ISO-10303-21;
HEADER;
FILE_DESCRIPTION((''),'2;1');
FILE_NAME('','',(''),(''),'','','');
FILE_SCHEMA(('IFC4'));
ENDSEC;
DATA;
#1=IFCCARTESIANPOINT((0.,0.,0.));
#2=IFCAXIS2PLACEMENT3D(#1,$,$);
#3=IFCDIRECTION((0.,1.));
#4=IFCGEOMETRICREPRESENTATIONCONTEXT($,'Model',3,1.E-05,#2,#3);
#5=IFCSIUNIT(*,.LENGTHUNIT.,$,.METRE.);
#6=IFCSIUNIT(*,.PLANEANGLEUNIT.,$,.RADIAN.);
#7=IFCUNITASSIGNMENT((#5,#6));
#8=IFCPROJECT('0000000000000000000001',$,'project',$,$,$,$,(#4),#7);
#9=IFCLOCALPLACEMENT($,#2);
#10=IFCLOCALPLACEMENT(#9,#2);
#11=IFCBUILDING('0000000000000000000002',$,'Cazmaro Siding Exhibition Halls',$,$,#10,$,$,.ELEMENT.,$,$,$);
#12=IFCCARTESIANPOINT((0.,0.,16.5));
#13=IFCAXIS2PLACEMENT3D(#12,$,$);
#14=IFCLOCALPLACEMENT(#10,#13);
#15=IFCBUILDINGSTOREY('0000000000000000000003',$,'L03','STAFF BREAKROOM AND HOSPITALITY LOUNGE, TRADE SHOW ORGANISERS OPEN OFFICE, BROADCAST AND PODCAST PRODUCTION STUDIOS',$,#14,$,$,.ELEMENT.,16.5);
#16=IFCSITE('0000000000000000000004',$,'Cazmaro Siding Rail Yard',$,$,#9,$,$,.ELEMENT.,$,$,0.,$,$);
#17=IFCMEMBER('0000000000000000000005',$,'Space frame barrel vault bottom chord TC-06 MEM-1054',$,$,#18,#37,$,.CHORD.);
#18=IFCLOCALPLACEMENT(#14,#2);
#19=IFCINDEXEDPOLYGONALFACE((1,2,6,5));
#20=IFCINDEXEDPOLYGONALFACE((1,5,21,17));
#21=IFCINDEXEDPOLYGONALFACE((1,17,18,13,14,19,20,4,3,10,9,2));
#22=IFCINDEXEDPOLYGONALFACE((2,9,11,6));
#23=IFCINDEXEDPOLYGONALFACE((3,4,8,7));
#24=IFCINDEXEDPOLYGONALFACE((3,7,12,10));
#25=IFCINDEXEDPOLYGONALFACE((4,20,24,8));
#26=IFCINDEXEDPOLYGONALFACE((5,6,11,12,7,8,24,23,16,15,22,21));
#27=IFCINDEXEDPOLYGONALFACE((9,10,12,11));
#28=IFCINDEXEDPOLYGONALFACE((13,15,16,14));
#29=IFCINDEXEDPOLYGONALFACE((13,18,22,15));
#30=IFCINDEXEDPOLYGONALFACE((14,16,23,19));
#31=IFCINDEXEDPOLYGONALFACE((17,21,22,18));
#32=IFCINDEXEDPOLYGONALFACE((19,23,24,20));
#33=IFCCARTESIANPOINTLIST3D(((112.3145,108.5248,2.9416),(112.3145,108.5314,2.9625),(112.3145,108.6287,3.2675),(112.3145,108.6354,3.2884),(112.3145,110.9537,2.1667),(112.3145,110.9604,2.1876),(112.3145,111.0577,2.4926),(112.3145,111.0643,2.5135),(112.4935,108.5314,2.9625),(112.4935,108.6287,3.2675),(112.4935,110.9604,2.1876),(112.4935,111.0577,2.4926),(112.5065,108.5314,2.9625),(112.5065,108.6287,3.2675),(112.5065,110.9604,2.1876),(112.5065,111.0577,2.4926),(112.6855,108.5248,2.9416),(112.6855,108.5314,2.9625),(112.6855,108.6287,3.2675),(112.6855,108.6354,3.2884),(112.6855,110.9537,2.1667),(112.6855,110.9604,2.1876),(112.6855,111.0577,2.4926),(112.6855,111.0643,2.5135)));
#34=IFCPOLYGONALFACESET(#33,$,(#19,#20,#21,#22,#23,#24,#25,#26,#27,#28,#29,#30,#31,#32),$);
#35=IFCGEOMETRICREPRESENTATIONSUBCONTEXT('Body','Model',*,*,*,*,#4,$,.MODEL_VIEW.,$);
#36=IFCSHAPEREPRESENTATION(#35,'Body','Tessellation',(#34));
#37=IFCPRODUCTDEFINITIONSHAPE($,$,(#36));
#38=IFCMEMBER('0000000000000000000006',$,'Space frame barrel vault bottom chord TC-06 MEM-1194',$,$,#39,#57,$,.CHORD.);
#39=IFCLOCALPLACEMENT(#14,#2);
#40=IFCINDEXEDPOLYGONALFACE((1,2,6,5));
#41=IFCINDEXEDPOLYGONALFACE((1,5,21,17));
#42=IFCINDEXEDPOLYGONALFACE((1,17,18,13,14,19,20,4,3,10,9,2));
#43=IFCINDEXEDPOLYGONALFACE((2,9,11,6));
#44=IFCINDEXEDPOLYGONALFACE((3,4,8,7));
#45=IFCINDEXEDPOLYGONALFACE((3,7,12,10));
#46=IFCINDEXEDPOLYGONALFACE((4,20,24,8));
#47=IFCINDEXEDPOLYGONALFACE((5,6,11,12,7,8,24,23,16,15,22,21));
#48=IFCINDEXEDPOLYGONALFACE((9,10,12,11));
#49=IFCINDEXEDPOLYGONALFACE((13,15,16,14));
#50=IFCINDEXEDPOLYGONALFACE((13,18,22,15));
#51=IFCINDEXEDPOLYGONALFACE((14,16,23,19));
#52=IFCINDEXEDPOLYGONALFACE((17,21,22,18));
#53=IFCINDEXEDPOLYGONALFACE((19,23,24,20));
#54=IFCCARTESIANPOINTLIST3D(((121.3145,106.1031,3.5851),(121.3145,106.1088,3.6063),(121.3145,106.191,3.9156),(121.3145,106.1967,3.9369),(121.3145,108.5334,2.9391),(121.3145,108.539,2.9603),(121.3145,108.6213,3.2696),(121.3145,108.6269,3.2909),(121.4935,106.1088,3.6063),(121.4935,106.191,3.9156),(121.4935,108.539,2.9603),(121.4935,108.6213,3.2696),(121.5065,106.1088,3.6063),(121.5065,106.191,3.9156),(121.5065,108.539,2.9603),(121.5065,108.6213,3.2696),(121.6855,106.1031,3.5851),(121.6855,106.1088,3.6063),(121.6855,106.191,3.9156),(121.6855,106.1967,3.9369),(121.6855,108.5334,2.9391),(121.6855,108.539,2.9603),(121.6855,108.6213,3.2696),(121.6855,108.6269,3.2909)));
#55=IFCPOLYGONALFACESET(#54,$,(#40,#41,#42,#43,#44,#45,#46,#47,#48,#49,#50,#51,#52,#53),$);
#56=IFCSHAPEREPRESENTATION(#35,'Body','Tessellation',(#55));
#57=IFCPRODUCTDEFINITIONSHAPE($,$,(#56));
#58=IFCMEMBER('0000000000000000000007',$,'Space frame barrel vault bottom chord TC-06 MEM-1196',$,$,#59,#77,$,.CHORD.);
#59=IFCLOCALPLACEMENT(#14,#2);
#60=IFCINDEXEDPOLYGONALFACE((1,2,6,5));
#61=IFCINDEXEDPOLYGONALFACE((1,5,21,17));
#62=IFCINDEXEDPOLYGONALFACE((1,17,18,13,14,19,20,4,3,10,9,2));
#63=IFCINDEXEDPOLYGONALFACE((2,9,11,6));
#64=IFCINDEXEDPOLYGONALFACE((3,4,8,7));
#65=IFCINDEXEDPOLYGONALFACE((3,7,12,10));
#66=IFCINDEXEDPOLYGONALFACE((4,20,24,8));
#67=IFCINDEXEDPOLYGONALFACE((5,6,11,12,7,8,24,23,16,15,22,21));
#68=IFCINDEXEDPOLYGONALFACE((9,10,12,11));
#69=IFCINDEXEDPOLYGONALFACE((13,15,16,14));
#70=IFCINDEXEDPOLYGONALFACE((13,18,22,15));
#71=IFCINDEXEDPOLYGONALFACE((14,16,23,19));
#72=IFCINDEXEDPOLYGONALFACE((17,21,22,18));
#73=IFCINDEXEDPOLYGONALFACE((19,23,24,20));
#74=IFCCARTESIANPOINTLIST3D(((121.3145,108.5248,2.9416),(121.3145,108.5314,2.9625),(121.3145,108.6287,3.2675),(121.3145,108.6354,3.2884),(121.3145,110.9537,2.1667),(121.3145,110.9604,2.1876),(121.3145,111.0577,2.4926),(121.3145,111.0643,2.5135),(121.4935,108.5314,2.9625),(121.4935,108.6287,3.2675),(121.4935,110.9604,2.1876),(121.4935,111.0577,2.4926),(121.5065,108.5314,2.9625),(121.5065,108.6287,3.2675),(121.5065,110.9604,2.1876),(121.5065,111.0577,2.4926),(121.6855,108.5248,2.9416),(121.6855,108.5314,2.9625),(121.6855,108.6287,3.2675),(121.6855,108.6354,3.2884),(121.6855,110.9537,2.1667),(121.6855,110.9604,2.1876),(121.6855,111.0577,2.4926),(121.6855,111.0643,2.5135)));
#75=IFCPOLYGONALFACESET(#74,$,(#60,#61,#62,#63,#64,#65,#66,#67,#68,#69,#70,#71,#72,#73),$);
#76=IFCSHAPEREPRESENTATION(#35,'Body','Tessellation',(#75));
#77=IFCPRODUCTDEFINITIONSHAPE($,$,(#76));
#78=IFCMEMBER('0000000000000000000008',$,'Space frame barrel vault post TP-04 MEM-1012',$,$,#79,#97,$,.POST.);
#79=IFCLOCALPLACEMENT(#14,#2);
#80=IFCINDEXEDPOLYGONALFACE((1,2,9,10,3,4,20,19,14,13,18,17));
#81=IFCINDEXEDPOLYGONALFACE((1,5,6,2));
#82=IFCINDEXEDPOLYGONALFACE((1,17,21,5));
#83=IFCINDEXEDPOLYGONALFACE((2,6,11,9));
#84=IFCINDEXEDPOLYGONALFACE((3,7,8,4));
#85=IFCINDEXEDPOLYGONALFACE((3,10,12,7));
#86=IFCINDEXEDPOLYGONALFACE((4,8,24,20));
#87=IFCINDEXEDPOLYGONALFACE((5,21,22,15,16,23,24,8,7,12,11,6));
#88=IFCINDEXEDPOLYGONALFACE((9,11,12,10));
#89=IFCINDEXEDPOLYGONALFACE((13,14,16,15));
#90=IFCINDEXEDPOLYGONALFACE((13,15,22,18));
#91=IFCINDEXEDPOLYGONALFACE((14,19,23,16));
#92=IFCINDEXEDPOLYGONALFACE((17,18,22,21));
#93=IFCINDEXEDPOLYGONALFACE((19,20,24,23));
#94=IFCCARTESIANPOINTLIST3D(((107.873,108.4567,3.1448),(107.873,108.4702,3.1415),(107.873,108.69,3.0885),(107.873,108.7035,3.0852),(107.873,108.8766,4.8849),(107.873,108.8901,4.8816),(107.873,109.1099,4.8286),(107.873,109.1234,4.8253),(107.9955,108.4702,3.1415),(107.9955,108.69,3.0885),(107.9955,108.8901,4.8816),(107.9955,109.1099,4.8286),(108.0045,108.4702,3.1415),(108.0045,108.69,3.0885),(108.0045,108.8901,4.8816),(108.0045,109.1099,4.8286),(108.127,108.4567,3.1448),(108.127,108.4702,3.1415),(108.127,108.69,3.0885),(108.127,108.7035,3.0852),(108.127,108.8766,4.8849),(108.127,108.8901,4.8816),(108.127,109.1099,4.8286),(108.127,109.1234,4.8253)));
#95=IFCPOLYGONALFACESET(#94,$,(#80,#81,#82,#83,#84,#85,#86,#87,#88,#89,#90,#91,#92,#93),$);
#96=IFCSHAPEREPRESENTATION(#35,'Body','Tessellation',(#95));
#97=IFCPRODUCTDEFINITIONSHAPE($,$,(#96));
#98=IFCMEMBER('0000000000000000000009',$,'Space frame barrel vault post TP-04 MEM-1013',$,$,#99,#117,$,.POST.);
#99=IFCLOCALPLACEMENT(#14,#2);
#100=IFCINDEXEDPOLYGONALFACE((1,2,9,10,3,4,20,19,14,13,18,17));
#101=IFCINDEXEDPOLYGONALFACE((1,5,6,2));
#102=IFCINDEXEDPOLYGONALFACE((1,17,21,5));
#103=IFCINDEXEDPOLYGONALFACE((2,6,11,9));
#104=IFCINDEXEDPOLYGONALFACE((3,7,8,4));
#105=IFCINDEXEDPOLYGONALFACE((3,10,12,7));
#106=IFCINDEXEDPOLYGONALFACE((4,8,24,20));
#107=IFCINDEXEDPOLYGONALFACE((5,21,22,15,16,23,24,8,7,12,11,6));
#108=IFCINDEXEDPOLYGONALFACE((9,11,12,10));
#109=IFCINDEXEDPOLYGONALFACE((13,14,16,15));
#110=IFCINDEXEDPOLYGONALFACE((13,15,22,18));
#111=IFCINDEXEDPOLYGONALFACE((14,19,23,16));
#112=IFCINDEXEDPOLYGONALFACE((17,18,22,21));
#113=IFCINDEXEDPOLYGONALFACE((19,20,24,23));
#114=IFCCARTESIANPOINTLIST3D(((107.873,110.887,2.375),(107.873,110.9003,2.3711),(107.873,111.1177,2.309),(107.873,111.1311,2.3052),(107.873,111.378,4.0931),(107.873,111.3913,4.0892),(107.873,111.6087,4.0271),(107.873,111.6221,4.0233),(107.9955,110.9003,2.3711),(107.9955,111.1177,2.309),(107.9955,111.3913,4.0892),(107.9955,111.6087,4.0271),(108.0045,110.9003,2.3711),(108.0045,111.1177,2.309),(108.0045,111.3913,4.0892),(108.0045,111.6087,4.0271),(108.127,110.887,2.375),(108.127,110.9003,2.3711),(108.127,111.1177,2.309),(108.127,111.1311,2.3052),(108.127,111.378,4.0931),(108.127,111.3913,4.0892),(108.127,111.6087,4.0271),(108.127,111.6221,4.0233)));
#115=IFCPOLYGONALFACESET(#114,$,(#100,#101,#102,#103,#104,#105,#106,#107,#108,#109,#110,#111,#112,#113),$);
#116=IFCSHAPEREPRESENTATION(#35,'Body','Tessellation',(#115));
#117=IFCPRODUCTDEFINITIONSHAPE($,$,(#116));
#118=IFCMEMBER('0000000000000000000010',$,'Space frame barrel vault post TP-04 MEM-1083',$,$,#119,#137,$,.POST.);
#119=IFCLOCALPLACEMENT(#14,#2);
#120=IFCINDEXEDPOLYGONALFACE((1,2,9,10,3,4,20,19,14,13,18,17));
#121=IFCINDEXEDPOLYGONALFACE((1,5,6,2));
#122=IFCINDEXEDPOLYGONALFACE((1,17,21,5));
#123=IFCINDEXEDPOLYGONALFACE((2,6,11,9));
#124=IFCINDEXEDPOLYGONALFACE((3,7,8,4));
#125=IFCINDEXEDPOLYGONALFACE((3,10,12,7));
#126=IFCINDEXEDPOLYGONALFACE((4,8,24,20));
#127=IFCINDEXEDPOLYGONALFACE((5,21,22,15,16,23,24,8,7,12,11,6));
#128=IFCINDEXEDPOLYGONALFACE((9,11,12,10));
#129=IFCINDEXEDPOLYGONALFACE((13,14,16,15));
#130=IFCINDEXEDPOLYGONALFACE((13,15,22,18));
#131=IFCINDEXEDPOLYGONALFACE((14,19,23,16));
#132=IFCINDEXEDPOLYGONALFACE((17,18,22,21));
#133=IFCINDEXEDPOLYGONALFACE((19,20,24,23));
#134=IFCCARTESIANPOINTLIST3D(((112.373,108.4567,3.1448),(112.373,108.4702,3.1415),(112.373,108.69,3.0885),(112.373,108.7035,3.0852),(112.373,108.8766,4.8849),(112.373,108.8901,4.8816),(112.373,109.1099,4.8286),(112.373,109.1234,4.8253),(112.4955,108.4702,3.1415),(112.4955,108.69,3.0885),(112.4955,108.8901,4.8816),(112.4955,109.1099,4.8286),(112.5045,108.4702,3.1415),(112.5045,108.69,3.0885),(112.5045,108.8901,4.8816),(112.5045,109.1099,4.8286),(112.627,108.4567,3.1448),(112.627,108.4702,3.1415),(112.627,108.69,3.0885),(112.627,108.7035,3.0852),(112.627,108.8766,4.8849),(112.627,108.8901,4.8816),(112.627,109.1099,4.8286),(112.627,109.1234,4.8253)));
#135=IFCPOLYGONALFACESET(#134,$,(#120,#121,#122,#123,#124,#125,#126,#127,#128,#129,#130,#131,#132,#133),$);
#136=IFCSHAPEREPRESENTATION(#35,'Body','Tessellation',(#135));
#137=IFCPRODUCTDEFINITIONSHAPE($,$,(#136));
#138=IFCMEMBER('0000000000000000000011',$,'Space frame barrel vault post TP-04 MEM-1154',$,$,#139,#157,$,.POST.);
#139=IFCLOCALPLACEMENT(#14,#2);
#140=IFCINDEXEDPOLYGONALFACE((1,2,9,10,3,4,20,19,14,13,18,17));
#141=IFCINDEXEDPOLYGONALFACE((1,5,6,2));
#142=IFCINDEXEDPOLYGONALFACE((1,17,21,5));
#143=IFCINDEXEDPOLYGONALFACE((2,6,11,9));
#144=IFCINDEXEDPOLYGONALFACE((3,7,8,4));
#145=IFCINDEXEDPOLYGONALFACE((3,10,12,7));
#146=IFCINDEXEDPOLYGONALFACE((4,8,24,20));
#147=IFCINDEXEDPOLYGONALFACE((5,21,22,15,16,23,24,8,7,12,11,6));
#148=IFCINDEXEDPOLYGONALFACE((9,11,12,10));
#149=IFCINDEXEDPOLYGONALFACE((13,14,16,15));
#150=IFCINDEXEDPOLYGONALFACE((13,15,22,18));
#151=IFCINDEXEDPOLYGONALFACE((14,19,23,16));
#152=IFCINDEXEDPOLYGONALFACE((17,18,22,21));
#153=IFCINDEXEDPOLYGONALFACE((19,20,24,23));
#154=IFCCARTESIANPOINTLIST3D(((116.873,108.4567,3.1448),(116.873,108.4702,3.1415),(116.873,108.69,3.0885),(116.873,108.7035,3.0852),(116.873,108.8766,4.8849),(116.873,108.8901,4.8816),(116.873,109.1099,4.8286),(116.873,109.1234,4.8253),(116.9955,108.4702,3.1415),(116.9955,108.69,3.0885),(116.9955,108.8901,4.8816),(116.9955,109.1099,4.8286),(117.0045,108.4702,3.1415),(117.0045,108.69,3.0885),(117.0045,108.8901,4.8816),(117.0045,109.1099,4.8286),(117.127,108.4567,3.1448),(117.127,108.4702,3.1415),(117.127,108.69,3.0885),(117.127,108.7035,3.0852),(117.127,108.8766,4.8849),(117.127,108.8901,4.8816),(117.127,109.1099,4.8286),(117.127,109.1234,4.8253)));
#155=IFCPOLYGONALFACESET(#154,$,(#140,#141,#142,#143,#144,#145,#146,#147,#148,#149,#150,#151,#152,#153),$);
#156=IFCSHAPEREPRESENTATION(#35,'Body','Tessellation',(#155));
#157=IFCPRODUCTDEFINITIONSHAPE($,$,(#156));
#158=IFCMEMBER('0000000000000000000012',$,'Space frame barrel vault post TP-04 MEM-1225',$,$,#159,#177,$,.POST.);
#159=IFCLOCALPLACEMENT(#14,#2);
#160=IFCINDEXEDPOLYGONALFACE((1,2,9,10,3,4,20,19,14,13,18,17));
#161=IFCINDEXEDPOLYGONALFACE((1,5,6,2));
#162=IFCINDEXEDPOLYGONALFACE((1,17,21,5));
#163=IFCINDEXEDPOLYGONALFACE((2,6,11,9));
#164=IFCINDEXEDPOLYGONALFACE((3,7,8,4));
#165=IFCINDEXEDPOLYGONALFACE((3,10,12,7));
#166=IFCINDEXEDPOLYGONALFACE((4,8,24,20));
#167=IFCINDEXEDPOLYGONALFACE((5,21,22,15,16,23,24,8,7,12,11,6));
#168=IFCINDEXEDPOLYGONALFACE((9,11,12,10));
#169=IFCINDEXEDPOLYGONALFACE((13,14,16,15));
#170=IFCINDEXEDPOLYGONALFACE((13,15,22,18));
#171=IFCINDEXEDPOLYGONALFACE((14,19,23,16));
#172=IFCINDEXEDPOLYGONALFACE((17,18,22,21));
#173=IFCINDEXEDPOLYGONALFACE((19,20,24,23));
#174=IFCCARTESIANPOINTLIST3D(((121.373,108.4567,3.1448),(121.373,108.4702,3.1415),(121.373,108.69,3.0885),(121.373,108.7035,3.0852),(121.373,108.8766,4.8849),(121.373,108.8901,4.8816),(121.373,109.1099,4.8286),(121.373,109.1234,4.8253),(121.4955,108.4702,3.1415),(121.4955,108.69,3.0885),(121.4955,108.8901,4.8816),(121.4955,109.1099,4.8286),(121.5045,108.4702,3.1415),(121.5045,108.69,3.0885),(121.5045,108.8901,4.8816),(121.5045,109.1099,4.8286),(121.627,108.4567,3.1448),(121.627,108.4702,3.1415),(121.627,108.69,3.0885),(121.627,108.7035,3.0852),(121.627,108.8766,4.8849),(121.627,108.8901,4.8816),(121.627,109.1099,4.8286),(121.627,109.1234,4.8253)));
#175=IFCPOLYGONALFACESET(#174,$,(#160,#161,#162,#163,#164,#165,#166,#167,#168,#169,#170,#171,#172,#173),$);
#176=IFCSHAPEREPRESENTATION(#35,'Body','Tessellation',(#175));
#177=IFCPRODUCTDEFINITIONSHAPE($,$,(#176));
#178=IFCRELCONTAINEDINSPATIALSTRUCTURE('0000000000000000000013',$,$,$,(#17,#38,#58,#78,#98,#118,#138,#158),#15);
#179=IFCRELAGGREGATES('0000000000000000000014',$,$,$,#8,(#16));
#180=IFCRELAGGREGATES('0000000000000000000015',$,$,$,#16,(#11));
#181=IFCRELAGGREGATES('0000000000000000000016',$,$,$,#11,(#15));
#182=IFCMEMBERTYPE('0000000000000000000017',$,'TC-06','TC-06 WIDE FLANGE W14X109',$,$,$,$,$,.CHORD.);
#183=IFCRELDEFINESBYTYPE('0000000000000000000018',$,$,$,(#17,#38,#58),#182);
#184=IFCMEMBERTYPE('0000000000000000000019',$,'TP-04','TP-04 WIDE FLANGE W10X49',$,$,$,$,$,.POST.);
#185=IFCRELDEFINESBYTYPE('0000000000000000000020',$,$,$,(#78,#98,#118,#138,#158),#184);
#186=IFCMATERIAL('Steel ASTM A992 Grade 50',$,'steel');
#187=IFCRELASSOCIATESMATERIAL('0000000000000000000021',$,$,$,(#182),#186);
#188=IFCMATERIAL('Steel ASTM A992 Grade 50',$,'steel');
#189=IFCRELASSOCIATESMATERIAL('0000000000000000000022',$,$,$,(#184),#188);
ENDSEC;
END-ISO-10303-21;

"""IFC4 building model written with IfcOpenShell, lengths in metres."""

from ifc_helpers import new_model, si_unit, direction, frame, origin, origin_2d, place, context, subcontext, project, spatial, i_section, extrude, material, material_profile, profile_set, type_object, element, save


model = new_model("IFC4")

# Units and contexts
model_context = context("Model", 3, precision=1e-05, world=origin(), true_north=direction((0.0, 1.0)))
body_context = subcontext(model_context, "Body", "Model", "MODEL_VIEW")
ifc_project = project(units=[si_unit("LENGTHUNIT", "METRE"), si_unit("PLANEANGLEUNIT", "RADIAN")], contexts=[model_context])

# Site, building, storey
site_placement = place(None, origin())
site = spatial("IfcSite", under=ifc_project, at=site_placement, Name="Cazmaro Siding Rail Yard", CompositionType="ELEMENT", RefElevation=0.0)
building_placement = place(site_placement, origin())
building = spatial("IfcBuilding", under=site, at=building_placement, Name="Cazmaro Siding Exhibition Halls", CompositionType="ELEMENT")
storey_placement = place(building_placement, frame((0.0, 0.0, 16.5)))
storey = spatial("IfcBuildingStorey", under=building, at=storey_placement, Name="L03", Description="STAFF BREAKROOM AND HOSPITALITY LOUNGE, TRADE SHOW ORGANISERS OPEN OFFICE, BROADCAST AND PODCAST PRODUCTION STUDIOS", CompositionType="ELEMENT", Elevation=16.5)

# Members
ifc_material_1 = material(Name="Steel ASTM A992 Grade 50", Category="steel")
ifc_material_profile_1 = material_profile(ifc_material_1, i_section(OverallWidth=0.3711, OverallDepth=0.364, WebThickness=0.0129, FlangeThickness=0.022, at=origin_2d()), Name="W14X109")
ifc_profile_set_1 = profile_set([ifc_material_profile_1], Name="Steel ASTM A992 Grade 50")
member_type_1 = type_object("IfcMemberType", Name="TC-06", Description="TC-06 WIDE FLANGE W14X109", PredefinedType="CHORD", material=ifc_profile_set_1)
member_1_placement = place(storey_placement, frame((112.5, 108.5801, 3.115), z_axis=(0.0, 0.952693, -0.303935), x_axis=(-1.0, 0.0, 0.0)))
element("IfcMember", 1, at=member_1_placement, inside=storey, type_object=member_type_1, Name="Space frame barrel vault bottom chord TC-06 MEM-1054", PredefinedType="CHORD", context=body_context, shape_type="SweptSolid", body=[
    extrude(i_section(OverallWidth=0.3711, OverallDepth=0.364, WebThickness=0.0129, FlangeThickness=0.022, at=origin_2d()), origin(), (0.0, 0.0, 1.0), 2.5496),
])
member_2_placement = place(storey_placement, frame((121.5, 106.1499, 3.761), z_axis=(0.0, 0.966438, -0.256901), x_axis=(-1.0, 0.0, 0.0)))
element("IfcMember", 2, at=member_2_placement, inside=storey, type_object=member_type_1, Name="Space frame barrel vault bottom chord TC-06 MEM-1194", PredefinedType="CHORD", context=body_context, shape_type="SweptSolid", body=[
    extrude(i_section(OverallWidth=0.3711, OverallDepth=0.364, WebThickness=0.0129, FlangeThickness=0.022, at=origin_2d()), origin(), (0.0, 0.0, 1.0), 2.5146),
])
member_3_placement = place(storey_placement, frame((121.5, 108.5801, 3.115), z_axis=(0.0, 0.952693, -0.303935), x_axis=(-1.0, 0.0, 0.0)))
element("IfcMember", 3, at=member_3_placement, inside=storey, type_object=member_type_1, Name="Space frame barrel vault bottom chord TC-06 MEM-1196", PredefinedType="CHORD", context=body_context, shape_type="SweptSolid", body=[
    extrude(i_section(OverallWidth=0.3711, OverallDepth=0.364, WebThickness=0.0129, FlangeThickness=0.022, at=origin_2d()), origin(), (0.0, 0.0, 1.0), 2.5496),
])
ifc_material_2 = material(Name="Steel ASTM A992 Grade 50", Category="steel")
ifc_material_profile_2 = material_profile(ifc_material_2, i_section(OverallWidth=0.2539, OverallDepth=0.2539, WebThickness=0.009, FlangeThickness=0.0139, at=origin_2d()), Name="W10X49")
ifc_profile_set_2 = profile_set([ifc_material_profile_2], Name="Steel ASTM A992 Grade 50")
member_type_2 = type_object("IfcMemberType", Name="TP-04", Description="TP-04 WIDE FLANGE W10X49", PredefinedType="POST", material=ifc_profile_set_2)
member_4_placement = place(storey_placement, frame((108.0, 108.5801, 3.115), z_axis=(0.0, 0.234601, 0.972092), x_axis=(-1.0, 0.0, 0.0)))
element("IfcMember", 4, at=member_4_placement, inside=storey, type_object=member_type_2, Name="Space frame barrel vault post TP-04 MEM-1012", PredefinedType="POST", context=body_context, shape_type="SweptSolid", body=[
    extrude(i_section(OverallWidth=0.2539, OverallDepth=0.2539, WebThickness=0.009, FlangeThickness=0.0139, at=origin_2d()), origin(), (0.0, 0.0, 1.0), 1.79),
])
member_5_placement = place(storey_placement, frame((108.0, 111.009, 2.3401), z_axis=(0.0, 0.274775, 0.961508), x_axis=(-1.0, 0.0, 0.0)))
element("IfcMember", 5, at=member_5_placement, inside=storey, type_object=member_type_2, Name="Space frame barrel vault post TP-04 MEM-1013", PredefinedType="POST", context=body_context, shape_type="SweptSolid", body=[
    extrude(i_section(OverallWidth=0.2539, OverallDepth=0.2539, WebThickness=0.009, FlangeThickness=0.0139, at=origin_2d()), origin(), (0.0, 0.0, 1.0), 1.7869),
])
for number, where, z_axis, x_axis, name in (
    (6, (112.5, 108.5801, 3.115), (0.0, 0.234601, 0.972092), (-1.0, 0.0, 0.0), "Space frame barrel vault post TP-04 MEM-1083"),
    (7, (117.0, 108.5801, 3.115), (0.0, 0.234601, 0.972092), (-1.0, 0.0, 0.0), "Space frame barrel vault post TP-04 MEM-1154"),
    (8, (121.5, 108.5801, 3.115), (0.0, 0.234601, 0.972092), (-1.0, 0.0, 0.0), "Space frame barrel vault post TP-04 MEM-1225"),
):
    element("IfcMember", number, at=place(storey_placement, frame(where, z_axis=z_axis, x_axis=x_axis)), inside=storey, type_object=member_type_2, Name=name, PredefinedType="POST", context=body_context, shape_type="SweptSolid", body=[
        extrude(i_section(OverallWidth=0.2539, OverallDepth=0.2539, WebThickness=0.009, FlangeThickness=0.0139, at=origin_2d()), origin(), (0.0, 0.0, 1.0), 1.79),
    ])

save(model, "model.ifc")
